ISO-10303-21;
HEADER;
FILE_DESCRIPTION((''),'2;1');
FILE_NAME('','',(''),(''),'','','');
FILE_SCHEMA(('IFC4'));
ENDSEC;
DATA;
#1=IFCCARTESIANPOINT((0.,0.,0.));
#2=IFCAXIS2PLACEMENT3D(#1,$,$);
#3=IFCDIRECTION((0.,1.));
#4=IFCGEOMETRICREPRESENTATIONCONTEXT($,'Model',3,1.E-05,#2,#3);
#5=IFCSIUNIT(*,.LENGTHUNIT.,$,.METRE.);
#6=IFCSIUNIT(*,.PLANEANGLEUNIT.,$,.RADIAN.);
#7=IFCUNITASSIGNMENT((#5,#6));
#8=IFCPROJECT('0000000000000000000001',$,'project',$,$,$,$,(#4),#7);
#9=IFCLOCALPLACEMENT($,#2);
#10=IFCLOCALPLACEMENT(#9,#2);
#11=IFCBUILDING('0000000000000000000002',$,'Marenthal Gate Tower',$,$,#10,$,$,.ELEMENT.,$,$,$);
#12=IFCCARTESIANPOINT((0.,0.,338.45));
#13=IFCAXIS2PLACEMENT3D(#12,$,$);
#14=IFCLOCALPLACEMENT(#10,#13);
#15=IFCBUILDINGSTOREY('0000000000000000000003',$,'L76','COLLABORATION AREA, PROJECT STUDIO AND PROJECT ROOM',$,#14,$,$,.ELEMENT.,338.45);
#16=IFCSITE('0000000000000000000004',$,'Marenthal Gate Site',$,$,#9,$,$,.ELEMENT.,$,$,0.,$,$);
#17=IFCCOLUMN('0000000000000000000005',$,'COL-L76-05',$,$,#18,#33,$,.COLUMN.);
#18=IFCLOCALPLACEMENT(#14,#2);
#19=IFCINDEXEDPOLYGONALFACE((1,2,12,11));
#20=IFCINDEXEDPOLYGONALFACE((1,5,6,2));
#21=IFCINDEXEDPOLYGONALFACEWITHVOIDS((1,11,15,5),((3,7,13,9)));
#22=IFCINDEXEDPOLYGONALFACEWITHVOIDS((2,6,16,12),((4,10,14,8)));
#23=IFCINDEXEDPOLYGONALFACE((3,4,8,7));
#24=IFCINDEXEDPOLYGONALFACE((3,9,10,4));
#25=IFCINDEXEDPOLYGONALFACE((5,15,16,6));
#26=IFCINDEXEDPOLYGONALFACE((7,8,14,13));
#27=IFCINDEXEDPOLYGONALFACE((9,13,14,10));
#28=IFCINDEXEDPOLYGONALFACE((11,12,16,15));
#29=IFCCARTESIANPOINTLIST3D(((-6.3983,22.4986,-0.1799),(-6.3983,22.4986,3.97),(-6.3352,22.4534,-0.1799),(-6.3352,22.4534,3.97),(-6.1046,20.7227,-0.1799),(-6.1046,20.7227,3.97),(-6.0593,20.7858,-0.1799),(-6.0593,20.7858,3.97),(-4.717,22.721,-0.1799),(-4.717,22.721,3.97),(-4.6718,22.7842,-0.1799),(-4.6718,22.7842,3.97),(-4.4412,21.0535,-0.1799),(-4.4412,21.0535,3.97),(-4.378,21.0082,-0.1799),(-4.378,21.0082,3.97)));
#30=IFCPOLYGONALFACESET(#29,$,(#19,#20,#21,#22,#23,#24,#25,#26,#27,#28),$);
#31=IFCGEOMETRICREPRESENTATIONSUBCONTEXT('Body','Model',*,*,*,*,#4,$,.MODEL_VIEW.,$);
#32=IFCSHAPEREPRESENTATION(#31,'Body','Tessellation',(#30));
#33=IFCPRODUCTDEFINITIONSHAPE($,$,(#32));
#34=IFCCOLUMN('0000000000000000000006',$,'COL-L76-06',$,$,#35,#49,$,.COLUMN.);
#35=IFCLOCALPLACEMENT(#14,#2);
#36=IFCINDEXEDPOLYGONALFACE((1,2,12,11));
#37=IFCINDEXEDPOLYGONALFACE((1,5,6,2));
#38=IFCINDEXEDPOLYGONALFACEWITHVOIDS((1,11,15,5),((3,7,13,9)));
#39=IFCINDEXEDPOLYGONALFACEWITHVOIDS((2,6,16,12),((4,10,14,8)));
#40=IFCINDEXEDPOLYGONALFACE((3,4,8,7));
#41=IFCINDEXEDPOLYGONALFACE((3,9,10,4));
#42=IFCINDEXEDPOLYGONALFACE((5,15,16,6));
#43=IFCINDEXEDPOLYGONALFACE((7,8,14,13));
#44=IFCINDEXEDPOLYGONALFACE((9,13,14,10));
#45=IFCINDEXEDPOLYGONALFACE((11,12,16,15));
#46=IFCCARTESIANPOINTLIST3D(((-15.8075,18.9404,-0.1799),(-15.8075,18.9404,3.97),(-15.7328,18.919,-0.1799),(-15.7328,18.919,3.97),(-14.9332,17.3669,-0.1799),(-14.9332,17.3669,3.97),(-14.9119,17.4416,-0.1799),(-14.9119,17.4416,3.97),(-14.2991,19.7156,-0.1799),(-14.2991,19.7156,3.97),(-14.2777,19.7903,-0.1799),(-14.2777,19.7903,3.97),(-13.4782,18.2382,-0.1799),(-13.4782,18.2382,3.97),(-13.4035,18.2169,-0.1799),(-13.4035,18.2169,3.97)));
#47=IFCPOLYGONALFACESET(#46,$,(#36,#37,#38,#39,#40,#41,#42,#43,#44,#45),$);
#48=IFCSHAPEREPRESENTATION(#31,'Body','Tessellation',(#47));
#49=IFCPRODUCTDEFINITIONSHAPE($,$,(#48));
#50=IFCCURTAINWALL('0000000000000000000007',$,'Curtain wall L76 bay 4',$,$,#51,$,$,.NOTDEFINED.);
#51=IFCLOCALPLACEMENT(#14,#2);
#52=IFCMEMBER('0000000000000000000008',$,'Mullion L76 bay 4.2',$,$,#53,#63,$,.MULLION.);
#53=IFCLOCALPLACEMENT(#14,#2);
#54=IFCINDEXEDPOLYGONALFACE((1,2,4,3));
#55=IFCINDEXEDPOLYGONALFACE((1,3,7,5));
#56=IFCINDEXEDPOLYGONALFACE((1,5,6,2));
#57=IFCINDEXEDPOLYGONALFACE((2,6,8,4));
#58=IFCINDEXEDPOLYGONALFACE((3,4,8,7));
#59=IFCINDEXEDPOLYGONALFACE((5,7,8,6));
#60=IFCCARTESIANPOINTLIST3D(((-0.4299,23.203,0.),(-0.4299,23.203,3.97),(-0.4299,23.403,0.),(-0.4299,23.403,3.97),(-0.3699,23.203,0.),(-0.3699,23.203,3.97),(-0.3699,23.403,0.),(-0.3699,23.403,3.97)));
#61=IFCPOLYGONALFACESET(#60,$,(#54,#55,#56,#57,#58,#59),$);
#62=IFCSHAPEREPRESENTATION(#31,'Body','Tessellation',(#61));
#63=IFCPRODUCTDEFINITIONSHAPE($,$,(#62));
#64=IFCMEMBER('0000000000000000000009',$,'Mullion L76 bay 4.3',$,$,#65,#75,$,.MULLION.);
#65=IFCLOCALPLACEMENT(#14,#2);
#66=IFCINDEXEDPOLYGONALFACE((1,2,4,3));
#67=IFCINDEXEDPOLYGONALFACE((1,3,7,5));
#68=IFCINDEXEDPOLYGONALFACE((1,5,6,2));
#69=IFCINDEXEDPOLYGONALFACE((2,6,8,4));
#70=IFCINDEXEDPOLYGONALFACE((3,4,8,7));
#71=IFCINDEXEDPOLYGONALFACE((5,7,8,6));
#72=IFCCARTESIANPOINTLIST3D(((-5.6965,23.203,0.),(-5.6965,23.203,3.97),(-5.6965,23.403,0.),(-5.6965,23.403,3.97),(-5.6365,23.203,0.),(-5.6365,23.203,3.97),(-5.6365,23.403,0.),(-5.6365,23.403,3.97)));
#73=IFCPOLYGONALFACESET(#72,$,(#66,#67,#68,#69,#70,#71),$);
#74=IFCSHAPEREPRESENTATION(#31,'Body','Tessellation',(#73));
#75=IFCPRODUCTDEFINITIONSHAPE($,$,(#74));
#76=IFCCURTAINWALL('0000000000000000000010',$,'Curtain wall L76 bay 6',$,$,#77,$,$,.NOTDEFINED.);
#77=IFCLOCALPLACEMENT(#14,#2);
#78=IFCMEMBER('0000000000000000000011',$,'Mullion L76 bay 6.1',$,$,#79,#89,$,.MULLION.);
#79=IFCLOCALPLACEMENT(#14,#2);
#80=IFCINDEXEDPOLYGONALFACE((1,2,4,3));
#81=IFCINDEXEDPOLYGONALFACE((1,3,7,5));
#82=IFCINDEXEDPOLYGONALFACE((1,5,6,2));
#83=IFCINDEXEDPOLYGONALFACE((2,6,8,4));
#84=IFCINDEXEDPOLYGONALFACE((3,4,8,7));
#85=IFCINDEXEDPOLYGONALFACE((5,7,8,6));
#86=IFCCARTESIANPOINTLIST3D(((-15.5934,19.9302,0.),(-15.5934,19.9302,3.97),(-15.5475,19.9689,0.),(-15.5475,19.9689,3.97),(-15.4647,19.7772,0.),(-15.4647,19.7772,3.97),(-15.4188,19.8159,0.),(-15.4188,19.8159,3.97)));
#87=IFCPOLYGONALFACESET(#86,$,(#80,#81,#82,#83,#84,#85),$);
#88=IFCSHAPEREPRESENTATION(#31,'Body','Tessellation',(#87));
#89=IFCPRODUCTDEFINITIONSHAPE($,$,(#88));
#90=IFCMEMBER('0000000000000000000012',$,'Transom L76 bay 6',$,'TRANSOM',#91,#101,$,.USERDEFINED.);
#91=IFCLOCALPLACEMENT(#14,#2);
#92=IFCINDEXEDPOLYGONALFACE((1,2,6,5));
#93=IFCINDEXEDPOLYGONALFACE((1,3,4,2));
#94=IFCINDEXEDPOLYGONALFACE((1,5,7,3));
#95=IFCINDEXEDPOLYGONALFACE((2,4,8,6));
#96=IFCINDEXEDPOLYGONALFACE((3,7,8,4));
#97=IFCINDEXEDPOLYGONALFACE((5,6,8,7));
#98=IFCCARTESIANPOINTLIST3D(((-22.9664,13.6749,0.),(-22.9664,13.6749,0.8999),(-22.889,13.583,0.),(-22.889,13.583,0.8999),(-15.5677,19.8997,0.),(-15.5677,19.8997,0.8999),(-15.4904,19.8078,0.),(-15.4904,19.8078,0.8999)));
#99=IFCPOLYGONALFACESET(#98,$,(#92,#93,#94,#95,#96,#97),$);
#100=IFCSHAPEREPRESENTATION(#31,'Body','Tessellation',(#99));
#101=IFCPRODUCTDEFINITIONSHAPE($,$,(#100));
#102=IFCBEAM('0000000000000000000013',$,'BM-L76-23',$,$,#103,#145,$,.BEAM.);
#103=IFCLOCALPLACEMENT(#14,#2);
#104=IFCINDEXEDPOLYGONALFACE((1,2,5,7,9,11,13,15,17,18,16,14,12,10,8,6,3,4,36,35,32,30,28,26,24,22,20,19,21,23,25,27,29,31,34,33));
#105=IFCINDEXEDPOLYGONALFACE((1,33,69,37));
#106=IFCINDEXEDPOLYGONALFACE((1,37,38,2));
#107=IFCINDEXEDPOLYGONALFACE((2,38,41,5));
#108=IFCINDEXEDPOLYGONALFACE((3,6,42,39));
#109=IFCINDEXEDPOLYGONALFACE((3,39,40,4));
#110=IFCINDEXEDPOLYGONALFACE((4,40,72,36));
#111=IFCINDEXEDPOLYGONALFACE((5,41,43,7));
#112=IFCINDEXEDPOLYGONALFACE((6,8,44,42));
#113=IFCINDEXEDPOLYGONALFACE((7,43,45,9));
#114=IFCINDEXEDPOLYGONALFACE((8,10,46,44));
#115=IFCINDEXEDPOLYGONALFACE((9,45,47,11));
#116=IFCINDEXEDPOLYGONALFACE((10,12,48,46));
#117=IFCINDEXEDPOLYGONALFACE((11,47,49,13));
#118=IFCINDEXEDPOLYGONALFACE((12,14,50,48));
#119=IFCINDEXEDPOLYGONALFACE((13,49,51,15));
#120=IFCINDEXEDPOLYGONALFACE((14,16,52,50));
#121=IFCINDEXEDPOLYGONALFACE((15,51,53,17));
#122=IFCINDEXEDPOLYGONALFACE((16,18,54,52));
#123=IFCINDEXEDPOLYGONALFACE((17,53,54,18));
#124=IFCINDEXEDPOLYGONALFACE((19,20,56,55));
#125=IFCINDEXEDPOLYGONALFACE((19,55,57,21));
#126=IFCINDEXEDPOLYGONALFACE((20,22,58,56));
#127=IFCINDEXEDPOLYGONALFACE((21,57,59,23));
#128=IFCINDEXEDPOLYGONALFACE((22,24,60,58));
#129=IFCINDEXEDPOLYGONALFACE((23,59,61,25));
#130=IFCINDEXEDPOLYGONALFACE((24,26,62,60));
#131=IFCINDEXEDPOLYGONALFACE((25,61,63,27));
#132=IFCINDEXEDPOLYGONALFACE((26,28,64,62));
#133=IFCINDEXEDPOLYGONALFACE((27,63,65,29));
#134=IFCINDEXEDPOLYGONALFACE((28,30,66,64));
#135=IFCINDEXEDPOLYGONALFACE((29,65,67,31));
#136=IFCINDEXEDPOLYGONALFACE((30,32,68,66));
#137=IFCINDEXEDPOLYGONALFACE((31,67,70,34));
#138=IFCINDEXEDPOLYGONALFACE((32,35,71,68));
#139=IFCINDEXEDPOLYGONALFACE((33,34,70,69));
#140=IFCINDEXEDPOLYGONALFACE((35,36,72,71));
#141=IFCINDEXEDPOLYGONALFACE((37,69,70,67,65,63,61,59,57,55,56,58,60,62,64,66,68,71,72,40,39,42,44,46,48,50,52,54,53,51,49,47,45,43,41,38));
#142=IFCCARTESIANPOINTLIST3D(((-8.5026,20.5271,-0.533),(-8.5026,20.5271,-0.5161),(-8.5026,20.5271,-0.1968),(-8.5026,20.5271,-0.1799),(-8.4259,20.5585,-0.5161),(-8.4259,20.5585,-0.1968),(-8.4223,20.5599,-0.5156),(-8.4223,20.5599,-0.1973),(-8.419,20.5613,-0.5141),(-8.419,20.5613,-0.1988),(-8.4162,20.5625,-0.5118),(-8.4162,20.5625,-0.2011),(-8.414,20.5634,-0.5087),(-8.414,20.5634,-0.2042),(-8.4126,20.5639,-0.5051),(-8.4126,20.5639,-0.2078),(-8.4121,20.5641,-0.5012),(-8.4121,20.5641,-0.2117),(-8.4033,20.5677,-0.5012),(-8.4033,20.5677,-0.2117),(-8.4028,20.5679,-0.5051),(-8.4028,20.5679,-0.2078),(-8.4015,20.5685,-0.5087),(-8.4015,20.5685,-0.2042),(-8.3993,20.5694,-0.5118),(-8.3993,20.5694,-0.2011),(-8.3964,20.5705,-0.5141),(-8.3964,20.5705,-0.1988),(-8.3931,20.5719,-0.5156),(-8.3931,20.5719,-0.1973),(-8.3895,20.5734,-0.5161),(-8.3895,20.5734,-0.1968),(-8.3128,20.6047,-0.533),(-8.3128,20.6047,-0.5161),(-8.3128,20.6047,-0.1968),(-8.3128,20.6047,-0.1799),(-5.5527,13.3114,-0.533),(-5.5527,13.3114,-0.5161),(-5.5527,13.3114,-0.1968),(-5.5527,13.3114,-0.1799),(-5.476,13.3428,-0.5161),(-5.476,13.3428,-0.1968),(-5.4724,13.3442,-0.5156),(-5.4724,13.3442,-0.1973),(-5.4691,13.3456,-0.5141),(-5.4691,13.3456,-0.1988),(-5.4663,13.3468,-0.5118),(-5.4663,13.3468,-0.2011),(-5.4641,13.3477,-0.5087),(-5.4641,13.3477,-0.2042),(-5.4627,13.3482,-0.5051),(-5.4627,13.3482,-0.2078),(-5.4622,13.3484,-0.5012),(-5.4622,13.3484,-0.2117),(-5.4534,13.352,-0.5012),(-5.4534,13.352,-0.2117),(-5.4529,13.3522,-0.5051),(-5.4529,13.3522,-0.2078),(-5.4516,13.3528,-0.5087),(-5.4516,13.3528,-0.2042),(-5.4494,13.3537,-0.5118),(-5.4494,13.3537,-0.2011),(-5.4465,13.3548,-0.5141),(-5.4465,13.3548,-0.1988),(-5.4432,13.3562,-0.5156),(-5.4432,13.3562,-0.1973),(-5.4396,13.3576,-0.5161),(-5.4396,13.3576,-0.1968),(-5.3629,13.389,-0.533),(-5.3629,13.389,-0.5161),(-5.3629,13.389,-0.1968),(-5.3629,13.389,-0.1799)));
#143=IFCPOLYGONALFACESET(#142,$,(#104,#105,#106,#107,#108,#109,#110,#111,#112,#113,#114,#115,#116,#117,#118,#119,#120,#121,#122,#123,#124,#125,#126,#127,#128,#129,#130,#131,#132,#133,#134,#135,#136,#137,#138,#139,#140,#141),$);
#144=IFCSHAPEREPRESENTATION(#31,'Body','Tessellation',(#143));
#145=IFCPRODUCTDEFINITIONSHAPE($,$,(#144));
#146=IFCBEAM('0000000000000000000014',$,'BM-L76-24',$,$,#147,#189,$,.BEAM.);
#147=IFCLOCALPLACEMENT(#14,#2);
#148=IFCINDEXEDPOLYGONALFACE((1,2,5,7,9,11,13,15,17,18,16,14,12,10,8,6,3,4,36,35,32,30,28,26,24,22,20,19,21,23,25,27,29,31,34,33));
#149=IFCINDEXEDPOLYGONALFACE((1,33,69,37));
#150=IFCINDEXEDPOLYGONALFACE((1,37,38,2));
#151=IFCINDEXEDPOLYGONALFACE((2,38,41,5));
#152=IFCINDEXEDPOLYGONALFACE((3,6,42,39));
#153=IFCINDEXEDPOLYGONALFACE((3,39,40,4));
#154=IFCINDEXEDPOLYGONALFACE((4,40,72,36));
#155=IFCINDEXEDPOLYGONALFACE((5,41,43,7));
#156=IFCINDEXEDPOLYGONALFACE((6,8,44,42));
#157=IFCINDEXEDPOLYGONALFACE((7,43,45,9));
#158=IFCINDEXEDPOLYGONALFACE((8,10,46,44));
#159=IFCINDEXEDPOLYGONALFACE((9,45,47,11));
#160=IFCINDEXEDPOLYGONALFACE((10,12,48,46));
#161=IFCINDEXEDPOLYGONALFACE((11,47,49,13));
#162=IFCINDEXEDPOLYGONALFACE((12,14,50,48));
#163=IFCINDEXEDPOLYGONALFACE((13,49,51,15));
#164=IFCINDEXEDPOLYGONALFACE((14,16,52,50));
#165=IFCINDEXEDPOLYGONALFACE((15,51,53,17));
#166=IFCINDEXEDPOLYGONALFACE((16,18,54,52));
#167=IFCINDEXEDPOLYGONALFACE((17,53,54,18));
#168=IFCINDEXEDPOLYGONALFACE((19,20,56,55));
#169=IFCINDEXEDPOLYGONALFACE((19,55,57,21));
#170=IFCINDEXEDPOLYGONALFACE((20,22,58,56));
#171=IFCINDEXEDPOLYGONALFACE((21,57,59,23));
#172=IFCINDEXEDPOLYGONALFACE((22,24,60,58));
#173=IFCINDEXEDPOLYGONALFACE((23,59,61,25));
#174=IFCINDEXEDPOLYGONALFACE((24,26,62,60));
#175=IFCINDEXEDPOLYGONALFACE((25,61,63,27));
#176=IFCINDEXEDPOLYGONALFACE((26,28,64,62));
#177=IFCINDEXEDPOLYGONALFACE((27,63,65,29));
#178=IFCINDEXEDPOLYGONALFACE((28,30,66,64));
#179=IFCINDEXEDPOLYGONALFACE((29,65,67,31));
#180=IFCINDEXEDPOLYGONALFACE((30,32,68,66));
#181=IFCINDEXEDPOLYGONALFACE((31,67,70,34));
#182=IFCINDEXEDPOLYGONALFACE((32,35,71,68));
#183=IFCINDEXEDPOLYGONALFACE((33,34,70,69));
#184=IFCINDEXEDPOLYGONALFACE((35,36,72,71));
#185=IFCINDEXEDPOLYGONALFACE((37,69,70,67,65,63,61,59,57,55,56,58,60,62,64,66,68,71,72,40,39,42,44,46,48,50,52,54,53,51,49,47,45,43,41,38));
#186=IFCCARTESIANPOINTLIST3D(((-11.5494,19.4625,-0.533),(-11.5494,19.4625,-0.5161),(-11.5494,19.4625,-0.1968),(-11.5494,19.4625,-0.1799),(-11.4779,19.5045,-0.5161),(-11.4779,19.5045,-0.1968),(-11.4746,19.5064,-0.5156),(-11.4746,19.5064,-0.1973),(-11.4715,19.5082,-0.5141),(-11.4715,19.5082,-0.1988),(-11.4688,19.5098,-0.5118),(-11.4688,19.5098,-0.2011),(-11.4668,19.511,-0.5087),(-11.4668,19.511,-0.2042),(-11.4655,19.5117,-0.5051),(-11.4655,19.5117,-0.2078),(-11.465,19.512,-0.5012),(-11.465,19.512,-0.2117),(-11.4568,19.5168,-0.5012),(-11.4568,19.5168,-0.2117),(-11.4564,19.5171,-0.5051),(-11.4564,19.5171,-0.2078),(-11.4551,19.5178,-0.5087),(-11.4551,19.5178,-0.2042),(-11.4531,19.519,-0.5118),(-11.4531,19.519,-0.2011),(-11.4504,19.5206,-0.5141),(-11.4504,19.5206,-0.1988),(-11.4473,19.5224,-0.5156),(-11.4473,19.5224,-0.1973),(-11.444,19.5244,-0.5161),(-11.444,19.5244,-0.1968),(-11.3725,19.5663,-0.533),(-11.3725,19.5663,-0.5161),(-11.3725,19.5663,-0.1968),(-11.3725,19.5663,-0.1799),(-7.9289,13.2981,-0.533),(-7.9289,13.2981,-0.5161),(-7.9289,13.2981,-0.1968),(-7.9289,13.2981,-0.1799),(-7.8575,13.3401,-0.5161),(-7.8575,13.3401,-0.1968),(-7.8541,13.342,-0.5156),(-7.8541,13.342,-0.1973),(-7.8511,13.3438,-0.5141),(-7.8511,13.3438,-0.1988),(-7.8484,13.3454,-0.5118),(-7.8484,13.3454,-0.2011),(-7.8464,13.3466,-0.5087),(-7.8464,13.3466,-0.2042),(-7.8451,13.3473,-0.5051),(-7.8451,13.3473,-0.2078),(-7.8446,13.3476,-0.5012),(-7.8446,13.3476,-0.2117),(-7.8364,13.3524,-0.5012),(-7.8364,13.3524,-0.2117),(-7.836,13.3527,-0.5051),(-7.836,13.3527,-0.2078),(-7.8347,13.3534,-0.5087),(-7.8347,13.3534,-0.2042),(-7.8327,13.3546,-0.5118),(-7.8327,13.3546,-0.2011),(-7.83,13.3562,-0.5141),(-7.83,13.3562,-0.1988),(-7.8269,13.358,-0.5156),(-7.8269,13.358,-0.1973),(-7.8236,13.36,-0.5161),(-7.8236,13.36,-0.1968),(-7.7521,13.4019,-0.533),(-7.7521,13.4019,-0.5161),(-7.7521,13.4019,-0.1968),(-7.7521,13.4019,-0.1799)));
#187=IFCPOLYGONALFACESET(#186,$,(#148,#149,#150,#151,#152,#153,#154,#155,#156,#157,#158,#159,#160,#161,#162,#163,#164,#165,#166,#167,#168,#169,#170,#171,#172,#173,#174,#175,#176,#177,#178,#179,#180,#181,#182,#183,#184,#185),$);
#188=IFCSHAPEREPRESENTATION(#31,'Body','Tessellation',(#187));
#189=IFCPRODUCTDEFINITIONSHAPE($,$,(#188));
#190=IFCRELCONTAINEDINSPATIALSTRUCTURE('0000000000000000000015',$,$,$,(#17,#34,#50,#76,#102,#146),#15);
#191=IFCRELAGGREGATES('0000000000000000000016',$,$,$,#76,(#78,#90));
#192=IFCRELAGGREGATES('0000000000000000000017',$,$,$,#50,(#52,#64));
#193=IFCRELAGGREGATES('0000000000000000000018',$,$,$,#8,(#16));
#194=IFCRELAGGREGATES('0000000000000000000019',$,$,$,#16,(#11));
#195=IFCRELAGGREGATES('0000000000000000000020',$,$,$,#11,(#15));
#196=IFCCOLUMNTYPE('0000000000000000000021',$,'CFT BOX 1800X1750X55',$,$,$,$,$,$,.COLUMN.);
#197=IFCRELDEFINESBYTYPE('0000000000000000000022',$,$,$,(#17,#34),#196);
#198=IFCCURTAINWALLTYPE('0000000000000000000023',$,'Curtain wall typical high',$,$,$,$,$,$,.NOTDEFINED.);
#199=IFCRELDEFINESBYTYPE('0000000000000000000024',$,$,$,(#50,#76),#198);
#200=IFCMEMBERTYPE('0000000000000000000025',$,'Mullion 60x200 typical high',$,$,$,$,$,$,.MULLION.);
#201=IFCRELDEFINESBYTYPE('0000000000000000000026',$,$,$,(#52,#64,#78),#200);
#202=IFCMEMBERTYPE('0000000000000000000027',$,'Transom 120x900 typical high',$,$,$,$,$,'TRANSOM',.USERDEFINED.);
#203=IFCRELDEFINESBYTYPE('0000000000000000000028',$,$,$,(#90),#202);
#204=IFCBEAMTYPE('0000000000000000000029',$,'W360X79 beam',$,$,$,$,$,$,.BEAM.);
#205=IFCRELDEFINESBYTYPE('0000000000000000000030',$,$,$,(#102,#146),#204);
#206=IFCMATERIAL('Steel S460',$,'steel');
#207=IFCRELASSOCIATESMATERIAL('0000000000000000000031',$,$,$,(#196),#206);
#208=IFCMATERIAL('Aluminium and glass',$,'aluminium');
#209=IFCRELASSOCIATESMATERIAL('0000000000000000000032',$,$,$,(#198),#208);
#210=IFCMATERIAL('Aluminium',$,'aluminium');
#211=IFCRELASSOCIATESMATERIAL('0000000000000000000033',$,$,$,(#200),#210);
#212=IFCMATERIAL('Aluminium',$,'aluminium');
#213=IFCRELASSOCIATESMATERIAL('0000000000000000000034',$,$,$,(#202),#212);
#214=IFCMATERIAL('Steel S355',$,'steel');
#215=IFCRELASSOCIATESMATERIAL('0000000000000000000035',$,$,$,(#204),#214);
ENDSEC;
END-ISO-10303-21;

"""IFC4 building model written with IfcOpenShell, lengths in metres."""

from ifc_helpers import new_model, si_unit, direction, frame, origin, origin_2d, place, context, subcontext, project, spatial, rectangle, hollow_rectangle, i_section, extrude, material, material_profile, profile_set, type_object, element, aggregate, save


model = new_model("IFC4")

# Units and contexts
model_context = context("Model", 3, precision=1e-05, world=origin(), true_north=direction((0.0, 1.0)))
body_context = subcontext(model_context, "Body", "Model", "MODEL_VIEW")
ifc_project = project(units=[si_unit("LENGTHUNIT", "METRE"), si_unit("PLANEANGLEUNIT", "RADIAN")], contexts=[model_context])

# Site, building, storey
site_placement = place(None, origin())
site = spatial("IfcSite", under=ifc_project, at=site_placement, Name="Marenthal Gate Site", CompositionType="ELEMENT", RefElevation=0.0)
building_placement = place(site_placement, origin())
building = spatial("IfcBuilding", under=site, at=building_placement, Name="Marenthal Gate Tower", CompositionType="ELEMENT")
storey_placement = place(building_placement, frame((0.0, 0.0, 338.45)))
storey = spatial("IfcBuildingStorey", under=building, at=storey_placement, Name="L76", Description="COLLABORATION AREA, PROJECT STUDIO AND PROJECT ROOM", CompositionType="ELEMENT", Elevation=338.45)

# Columns
ifc_material_1 = material(Name="Steel S460", Category="steel")
ifc_material_profile_1 = material_profile(ifc_material_1, hollow_rectangle(XDim=1.75, YDim=1.8, WallThickness=0.0549, at=origin_2d()), Name="CFT BOX 1800X1750X55")
ifc_material_2 = material(Name="Concrete 70 MPa", Category="concrete")
ifc_material_profile_2 = material_profile(ifc_material_2, rectangle(XDim=1.6399, YDim=1.6899, at=origin_2d()), Name="CFT BOX 1800X1750X55 INFILL")
ifc_profile_set_1 = profile_set([ifc_material_profile_1, ifc_material_profile_2], Name="Steel S460 shell, Concrete 70 MPa infill")
column_type = type_object("IfcColumnType", Name="CFT BOX 1800X1750X55", PredefinedType="COLUMN", material=ifc_profile_set_1)
for number, where, z_axis, x_axis, name in (
    (1, (-5.3882, 21.7534, -0.1799), (0.0, 0.0, 1.0), (0.986595, 0.163188, 0.0), "COL-L76-05"),
    (2, (-14.6055, 18.5786, -0.1799), (0.0, 0.0, 1.0), (0.874131, 0.48569, 0.0), "COL-L76-06"),
):
    element("IfcColumn", number, at=place(storey_placement, frame(where, z_axis=z_axis, x_axis=x_axis)), inside=storey, type_object=column_type, Name=name, PredefinedType="COLUMN", context=body_context, shape_type="SweptSolid", body=[
        extrude(hollow_rectangle(XDim=1.75, YDim=1.8, WallThickness=0.0549, at=origin_2d()), origin(), (0.0, 0.0, 1.0), 4.1499),
    ])

# Curtain walls, members
ifc_material_3 = material(Name="Aluminium and glass", Category="aluminium")
curtain_wall_type = type_object("IfcCurtainWallType", Name="Curtain wall typical high", PredefinedType="NOTDEFINED", material=ifc_material_3)
curtain_wall_1_placement = place(storey_placement, origin())
curtain_wall_1 = element("IfcCurtainWall", 3, at=curtain_wall_1_placement, inside=storey, type_object=curtain_wall_type, Name="Curtain wall L76 bay 4", PredefinedType="NOTDEFINED")
ifc_material_4 = material(Name="Aluminium", Category="aluminium")
ifc_material_profile_3 = material_profile(ifc_material_4, rectangle(XDim=0.2, YDim=0.0601, at=origin_2d()), Name="60x200 aluminium mullion")
ifc_profile_set_2 = profile_set([ifc_material_profile_3], Name="Aluminium")
member_type_1 = type_object("IfcMemberType", Name="Mullion 60x200 typical high", PredefinedType="MULLION", material=ifc_profile_set_2)
member_1_placement = place(storey_placement, frame((-0.3999, 23.303, 0.0), z_axis=(0.0, 0.0, 1.0), x_axis=(0.0, -1.0, 0.0)))
member_1 = element("IfcMember", 4, at=member_1_placement, type_object=member_type_1, Name="Mullion L76 bay 4.2", PredefinedType="MULLION", context=body_context, shape_type="SweptSolid", body=[
    extrude(rectangle(XDim=0.2, YDim=0.0601, at=origin_2d()), origin(), (0.0, 0.0, 1.0), 3.97),
])
member_2_placement = place(storey_placement, frame((-5.6665, 23.303, 0.0), z_axis=(0.0, 0.0, 1.0), x_axis=(0.0, -1.0, 0.0)))
member_2 = element("IfcMember", 5, at=member_2_placement, type_object=member_type_1, Name="Mullion L76 bay 4.3", PredefinedType="MULLION", context=body_context, shape_type="SweptSolid", body=[
    extrude(rectangle(XDim=0.2, YDim=0.0601, at=origin_2d()), origin(), (0.0, 0.0, 1.0), 3.97),
])
curtain_wall_2_placement = place(storey_placement, origin())
curtain_wall_2 = element("IfcCurtainWall", 6, at=curtain_wall_2_placement, inside=storey, type_object=curtain_wall_type, Name="Curtain wall L76 bay 6", PredefinedType="NOTDEFINED")
member_3_placement = place(storey_placement, frame((-15.5061, 19.873, 0.0), z_axis=(0.0, 0.0, 1.0), x_axis=(0.643801, -0.765193, 0.0)))
member_3 = element("IfcMember", 7, at=member_3_placement, type_object=member_type_1, Name="Mullion L76 bay 6.1", PredefinedType="MULLION", context=body_context, shape_type="SweptSolid", body=[
    extrude(rectangle(XDim=0.2, YDim=0.0601, at=origin_2d()), origin(), (0.0, 0.0, 1.0), 3.97),
])
ifc_material_5 = material(Name="Aluminium", Category="aluminium")
ifc_material_profile_4 = material_profile(ifc_material_5, rectangle(XDim=0.1201, YDim=0.8999, at=origin_2d()), Name="120x900 aluminium transom")
ifc_profile_set_3 = profile_set([ifc_material_profile_4], Name="Aluminium")
member_type_2 = type_object("IfcMemberType", Name="Transom 120x900 typical high", ElementType="TRANSOM", PredefinedType="USERDEFINED", material=ifc_profile_set_3)
member_4_placement = place(storey_placement, frame((-15.5291, 19.8538, 0.45), z_axis=(-0.765197, -0.643796, 0.0), x_axis=(0.643796, -0.765197, 0.0)))
member_4 = element("IfcMember", 8, at=member_4_placement, type_object=member_type_2, Name="Transom L76 bay 6", ObjectType="TRANSOM", PredefinedType="USERDEFINED", context=body_context, shape_type="SweptSolid", body=[
    extrude(rectangle(XDim=0.1201, YDim=0.8999, at=origin_2d()), origin(), (0.0, 0.0, 1.0), 9.6689),
])
aggregate(curtain_wall_2, [member_3, member_4])

# Beams
ifc_material_6 = material(Name="Steel S355", Category="steel")
ifc_material_profile_5 = material_profile(ifc_material_6, i_section(OverallWidth=0.2051, OverallDepth=0.353, WebThickness=0.0095, FlangeThickness=0.0168, FilletRadius=0.0149, at=origin_2d()), Name="W360X79")
ifc_profile_set_4 = profile_set([ifc_material_profile_5], Name="Steel S355")
beam_type_1 = type_object("IfcBeamType", Name="W360X79 beam", PredefinedType="BEAM", material=ifc_profile_set_4)
beam_1_placement = place(storey_placement, frame((-8.4077, 20.5659, -0.3564), z_axis=(0.378416, -0.925636, 0.0), x_axis=(0.925636, 0.378416, 0.0)))
element("IfcBeam", 9, at=beam_1_placement, inside=storey, type_object=beam_type_1, Name="BM-L76-23", PredefinedType="BEAM", context=body_context, shape_type="SweptSolid", body=[
    extrude(i_section(OverallWidth=0.2051, OverallDepth=0.353, WebThickness=0.0095, FlangeThickness=0.0168, FilletRadius=0.0149, at=origin_2d()), origin(), (0.0, 0.0, 1.0), 7.7954),
])
beam_2_placement = place(storey_placement, frame((-11.4609, 19.5144, -0.3564), z_axis=(0.506427, -0.862283, 0.0), x_axis=(0.862283, 0.506427, 0.0)))
element("IfcBeam", 10, at=beam_2_placement, inside=storey, type_object=beam_type_1, Name="BM-L76-24", PredefinedType="BEAM", context=body_context, shape_type="SweptSolid", body=[
    extrude(i_section(OverallWidth=0.2051, OverallDepth=0.353, WebThickness=0.0095, FlangeThickness=0.0168, FilletRadius=0.0149, at=origin_2d()), origin(), (0.0, 0.0, 1.0), 7.1489),
])

aggregate(curtain_wall_1, [member_1, member_2])

save(model, "model.ifc")
